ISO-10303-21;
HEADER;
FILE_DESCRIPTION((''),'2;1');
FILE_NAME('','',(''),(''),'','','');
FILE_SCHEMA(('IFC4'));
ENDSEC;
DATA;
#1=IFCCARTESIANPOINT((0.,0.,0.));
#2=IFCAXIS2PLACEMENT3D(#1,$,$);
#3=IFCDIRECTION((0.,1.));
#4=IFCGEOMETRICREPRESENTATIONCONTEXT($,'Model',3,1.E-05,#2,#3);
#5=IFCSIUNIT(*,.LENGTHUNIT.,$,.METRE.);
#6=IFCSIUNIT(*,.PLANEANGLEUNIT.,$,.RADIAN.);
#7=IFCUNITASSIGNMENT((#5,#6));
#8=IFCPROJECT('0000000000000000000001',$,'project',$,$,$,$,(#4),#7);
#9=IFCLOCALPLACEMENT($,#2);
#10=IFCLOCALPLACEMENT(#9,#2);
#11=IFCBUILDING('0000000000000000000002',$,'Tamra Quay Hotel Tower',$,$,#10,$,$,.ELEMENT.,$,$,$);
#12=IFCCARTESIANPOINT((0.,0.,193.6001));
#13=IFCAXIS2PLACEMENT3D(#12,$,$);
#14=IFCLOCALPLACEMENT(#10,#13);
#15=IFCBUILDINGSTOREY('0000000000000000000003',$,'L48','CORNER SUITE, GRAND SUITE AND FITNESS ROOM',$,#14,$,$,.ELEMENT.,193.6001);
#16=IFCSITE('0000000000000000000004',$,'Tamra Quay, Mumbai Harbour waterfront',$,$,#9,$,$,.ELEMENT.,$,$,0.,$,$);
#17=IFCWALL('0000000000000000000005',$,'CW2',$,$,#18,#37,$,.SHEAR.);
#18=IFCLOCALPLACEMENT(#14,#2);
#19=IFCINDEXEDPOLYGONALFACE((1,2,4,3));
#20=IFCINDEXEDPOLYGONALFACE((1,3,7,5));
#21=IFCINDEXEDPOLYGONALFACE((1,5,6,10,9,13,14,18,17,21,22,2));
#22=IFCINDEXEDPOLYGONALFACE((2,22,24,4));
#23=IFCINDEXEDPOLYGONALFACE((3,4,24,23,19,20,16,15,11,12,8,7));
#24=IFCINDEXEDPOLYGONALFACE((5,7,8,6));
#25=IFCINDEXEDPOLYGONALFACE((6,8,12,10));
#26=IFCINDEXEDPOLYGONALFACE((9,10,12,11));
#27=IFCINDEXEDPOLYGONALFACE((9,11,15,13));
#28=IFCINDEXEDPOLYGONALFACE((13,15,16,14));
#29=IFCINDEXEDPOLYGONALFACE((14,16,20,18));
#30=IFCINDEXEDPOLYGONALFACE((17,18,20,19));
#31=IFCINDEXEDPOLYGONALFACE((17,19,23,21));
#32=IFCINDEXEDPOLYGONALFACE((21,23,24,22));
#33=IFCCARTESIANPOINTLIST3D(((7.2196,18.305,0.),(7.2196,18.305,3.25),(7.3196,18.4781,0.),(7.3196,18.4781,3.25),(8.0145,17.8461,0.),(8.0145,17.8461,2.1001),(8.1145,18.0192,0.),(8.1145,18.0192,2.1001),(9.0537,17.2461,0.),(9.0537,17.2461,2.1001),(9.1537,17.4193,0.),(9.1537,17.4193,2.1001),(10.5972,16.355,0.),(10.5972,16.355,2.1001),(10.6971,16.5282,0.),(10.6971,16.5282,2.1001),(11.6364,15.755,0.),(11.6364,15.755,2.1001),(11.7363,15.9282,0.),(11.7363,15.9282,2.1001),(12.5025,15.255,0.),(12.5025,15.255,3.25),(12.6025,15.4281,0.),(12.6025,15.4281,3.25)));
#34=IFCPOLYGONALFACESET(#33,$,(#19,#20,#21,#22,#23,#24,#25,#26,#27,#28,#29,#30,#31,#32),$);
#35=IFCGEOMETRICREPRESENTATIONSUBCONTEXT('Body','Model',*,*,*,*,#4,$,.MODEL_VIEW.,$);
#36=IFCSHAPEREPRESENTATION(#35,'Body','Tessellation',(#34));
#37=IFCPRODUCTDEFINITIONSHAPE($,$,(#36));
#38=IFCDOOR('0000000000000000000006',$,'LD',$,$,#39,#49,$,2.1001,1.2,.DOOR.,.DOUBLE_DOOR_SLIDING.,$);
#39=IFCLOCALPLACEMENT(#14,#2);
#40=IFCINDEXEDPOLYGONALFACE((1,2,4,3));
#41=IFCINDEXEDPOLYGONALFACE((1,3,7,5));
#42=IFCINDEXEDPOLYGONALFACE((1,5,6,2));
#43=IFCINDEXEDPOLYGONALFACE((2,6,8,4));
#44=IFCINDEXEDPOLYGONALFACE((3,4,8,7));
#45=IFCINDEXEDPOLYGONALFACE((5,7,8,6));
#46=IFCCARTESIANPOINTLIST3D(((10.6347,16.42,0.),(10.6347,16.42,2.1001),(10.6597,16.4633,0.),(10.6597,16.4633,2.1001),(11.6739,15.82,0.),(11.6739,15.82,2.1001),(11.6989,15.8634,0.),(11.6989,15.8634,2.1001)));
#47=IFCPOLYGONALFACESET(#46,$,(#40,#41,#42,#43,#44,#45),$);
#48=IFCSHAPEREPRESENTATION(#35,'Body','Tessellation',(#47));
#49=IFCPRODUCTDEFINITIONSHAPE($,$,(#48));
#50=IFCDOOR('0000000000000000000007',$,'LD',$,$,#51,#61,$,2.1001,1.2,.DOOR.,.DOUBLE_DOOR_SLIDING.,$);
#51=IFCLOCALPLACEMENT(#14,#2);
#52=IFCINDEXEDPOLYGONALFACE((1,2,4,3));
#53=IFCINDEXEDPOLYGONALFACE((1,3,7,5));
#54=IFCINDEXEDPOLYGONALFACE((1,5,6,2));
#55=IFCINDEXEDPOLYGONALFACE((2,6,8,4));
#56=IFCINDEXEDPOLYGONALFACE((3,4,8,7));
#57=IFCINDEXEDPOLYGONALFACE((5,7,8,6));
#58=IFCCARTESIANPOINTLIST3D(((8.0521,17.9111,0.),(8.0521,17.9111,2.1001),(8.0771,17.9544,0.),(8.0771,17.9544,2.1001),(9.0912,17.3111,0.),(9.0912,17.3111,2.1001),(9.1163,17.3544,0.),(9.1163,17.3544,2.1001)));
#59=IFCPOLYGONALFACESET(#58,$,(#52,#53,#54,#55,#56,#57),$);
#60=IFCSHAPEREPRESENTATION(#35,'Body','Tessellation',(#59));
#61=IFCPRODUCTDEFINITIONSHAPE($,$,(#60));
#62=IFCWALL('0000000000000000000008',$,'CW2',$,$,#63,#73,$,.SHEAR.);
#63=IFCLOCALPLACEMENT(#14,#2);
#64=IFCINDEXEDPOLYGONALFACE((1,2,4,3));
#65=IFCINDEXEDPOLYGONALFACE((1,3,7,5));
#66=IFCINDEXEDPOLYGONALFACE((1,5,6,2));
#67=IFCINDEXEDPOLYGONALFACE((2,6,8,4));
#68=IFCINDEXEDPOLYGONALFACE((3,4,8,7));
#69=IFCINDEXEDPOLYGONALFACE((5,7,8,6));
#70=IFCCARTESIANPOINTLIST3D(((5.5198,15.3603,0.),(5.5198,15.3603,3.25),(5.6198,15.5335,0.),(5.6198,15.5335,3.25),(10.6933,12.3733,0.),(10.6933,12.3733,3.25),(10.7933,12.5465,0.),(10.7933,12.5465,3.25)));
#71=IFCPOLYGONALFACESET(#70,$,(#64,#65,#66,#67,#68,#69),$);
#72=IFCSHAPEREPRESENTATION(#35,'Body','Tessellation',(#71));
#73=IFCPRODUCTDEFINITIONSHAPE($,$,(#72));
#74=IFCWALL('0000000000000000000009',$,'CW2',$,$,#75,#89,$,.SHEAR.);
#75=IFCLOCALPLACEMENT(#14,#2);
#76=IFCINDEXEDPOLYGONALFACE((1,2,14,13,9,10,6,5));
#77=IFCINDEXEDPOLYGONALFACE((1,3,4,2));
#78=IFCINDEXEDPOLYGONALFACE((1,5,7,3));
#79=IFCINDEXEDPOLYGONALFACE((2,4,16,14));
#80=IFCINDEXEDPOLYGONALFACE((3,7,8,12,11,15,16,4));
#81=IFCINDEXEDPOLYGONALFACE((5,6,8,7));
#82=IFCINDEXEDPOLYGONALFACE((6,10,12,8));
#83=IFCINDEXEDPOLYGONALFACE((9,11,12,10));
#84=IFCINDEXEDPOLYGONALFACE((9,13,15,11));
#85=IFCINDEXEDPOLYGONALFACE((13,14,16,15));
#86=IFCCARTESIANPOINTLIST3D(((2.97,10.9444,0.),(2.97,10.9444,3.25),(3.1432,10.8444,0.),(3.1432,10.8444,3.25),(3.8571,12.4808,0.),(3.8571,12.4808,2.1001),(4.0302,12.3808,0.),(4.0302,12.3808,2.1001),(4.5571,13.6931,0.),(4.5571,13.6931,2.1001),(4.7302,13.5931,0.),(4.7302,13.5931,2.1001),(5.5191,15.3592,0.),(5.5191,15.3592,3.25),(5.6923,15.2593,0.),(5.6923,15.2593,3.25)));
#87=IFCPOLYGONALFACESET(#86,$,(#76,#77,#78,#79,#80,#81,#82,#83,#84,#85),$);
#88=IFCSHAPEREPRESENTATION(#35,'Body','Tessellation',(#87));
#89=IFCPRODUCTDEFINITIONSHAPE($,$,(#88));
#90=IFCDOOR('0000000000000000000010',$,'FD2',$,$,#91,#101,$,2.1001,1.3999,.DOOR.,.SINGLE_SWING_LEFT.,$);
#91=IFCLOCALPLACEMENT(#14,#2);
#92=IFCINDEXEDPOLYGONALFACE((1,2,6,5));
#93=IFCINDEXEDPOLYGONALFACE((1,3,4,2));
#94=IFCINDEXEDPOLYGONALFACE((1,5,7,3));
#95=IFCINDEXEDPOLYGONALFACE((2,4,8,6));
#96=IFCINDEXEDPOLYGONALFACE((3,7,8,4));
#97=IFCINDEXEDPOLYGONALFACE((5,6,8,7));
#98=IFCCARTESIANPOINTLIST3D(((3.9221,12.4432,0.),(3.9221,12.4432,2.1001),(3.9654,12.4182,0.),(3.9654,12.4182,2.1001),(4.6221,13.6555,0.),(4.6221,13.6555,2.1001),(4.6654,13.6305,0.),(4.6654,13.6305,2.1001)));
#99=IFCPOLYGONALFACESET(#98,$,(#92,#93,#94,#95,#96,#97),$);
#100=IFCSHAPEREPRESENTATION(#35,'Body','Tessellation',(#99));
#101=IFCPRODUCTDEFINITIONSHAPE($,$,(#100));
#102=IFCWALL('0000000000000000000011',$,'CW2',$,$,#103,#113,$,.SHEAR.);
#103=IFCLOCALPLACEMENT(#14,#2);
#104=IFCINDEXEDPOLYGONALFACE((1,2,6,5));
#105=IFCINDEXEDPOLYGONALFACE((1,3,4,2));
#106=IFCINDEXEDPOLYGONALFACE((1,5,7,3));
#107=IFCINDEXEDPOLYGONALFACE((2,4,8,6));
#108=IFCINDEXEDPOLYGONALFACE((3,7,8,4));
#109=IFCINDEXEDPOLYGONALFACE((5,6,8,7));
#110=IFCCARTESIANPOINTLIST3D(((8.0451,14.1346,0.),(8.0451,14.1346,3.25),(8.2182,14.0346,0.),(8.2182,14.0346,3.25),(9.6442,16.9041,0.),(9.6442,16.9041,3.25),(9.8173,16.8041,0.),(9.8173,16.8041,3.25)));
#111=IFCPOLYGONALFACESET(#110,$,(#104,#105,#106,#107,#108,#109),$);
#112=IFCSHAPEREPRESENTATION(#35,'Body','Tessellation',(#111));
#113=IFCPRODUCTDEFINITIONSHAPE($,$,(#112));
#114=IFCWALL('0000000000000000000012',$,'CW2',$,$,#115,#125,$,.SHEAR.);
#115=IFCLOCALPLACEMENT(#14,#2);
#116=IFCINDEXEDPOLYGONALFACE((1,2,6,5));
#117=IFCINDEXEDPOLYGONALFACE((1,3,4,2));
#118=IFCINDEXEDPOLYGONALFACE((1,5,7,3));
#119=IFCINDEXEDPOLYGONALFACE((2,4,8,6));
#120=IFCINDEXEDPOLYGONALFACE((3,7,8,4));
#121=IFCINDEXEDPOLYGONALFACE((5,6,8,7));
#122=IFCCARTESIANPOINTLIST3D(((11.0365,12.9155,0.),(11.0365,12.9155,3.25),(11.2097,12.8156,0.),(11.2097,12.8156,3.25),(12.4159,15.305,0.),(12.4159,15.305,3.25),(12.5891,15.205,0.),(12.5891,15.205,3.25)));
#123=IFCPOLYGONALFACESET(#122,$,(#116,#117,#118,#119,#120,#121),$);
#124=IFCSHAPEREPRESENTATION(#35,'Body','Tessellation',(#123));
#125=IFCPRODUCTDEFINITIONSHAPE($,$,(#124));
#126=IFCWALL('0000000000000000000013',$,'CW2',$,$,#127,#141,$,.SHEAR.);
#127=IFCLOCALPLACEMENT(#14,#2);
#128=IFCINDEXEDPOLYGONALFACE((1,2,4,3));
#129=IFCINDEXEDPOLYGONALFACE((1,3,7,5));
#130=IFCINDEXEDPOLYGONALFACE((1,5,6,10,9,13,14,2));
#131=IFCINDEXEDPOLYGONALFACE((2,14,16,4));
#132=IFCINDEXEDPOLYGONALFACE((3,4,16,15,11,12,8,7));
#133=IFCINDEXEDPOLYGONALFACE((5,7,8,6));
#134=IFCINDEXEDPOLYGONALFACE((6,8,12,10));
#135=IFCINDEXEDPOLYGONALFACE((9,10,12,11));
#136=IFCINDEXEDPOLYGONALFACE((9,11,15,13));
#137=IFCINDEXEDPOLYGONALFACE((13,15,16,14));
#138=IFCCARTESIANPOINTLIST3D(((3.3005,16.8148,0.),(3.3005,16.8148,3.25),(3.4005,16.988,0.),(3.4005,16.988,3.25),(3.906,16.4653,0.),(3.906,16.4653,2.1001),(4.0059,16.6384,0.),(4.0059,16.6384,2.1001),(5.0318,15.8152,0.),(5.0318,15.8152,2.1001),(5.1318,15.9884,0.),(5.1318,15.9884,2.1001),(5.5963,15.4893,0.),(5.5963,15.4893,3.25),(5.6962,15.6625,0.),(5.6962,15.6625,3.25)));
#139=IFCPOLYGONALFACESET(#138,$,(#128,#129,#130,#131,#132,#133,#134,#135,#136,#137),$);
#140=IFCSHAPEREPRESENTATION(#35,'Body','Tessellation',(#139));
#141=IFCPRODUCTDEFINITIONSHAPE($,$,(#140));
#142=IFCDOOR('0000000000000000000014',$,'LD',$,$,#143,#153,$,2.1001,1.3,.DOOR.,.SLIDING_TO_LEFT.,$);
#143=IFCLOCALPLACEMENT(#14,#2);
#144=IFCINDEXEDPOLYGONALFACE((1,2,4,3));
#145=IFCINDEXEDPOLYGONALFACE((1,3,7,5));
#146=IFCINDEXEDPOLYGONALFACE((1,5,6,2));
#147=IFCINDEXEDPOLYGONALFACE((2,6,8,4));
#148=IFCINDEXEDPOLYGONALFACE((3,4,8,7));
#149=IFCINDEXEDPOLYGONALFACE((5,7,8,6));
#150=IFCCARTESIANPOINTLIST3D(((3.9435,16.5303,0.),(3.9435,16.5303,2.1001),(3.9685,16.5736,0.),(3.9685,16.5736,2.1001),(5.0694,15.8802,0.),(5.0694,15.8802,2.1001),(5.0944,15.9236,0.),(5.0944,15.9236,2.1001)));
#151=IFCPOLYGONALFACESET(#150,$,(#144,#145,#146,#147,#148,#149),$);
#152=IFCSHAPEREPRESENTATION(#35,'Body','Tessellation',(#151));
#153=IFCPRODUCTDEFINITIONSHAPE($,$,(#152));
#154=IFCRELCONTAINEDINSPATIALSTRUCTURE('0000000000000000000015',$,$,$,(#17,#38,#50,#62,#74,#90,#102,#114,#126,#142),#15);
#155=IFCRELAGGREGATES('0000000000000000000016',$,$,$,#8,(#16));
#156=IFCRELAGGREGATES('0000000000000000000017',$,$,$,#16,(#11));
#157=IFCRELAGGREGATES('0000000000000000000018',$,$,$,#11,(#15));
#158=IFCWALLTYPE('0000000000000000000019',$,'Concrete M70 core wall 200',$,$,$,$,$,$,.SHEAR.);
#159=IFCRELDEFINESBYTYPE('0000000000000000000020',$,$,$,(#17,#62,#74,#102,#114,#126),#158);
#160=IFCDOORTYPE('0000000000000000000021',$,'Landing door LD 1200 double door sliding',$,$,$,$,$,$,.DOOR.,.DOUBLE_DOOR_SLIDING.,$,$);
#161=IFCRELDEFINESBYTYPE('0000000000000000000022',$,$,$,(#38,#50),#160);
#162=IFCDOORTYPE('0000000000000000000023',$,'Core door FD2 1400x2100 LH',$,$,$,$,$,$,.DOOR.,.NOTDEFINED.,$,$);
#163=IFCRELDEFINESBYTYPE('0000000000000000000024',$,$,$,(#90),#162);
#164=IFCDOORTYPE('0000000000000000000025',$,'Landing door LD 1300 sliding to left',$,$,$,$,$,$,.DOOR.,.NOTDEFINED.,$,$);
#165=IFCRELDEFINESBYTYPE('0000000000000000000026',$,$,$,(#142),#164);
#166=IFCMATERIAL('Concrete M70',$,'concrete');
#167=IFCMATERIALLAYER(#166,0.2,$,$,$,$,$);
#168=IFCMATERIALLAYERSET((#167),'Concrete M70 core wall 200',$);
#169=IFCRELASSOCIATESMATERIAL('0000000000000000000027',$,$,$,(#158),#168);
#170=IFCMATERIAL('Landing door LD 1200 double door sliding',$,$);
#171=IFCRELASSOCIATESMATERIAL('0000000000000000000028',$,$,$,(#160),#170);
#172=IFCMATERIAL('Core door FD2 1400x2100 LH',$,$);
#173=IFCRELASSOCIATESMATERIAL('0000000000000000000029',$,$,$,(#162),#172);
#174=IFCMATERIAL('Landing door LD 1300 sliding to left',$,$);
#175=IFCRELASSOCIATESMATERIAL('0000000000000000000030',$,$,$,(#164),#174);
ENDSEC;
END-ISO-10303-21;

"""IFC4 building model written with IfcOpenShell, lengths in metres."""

from ifc_helpers import new_model, si_unit, direction, frame, frame_2d, origin, place, context, subcontext, project, spatial, rectangle, extrude, material, layer, layer_set, type_object, element, fill, save


model = new_model("IFC4")

# Units and contexts
model_context = context("Model", 3, precision=1e-05, world=origin(), true_north=direction((0.0, 1.0)))
body_context = subcontext(model_context, "Body", "Model", "MODEL_VIEW")
ifc_project = project(units=[si_unit("LENGTHUNIT", "METRE"), si_unit("PLANEANGLEUNIT", "RADIAN")], contexts=[model_context])

# Site, building, storey
site_placement = place(None, origin())
site = spatial("IfcSite", under=ifc_project, at=site_placement, Name="Tamra Quay, Mumbai Harbour waterfront", CompositionType="ELEMENT", RefElevation=0.0)
building_placement = place(site_placement, origin())
building = spatial("IfcBuilding", under=site, at=building_placement, Name="Tamra Quay Hotel Tower", CompositionType="ELEMENT")
storey_placement = place(building_placement, frame((0.0, 0.0, 193.6001)))
storey = spatial("IfcBuildingStorey", under=building, at=storey_placement, Name="L48", Description="CORNER SUITE, GRAND SUITE AND FITNESS ROOM", CompositionType="ELEMENT", Elevation=193.6001)

# Wall, openings, doors
ifc_material_1 = material(Name="Concrete M70", Category="concrete")
ifc_layer_1 = layer(ifc_material_1, 0.2)
ifc_layer_set_1 = layer_set([ifc_layer_1], Name="Concrete M70 core wall 200")
wall_type_1 = type_object("IfcWallType", Name="Concrete M70 core wall 200", PredefinedType="SHEAR", material=ifc_layer_set_1)
wall_1_placement = place(storey_placement, frame((12.5525, 15.3416, 0.0), z_axis=(0.0, 0.0, 1.0), x_axis=(-0.86603, 0.499992, 0.0)))
wall_1 = element("IfcWall", 1, at=wall_1_placement, inside=storey, type_object=wall_type_1, Name="CW2", PredefinedType="SHEAR", context=body_context, shape_type="SweptSolid", body=[
    extrude(rectangle(XDim=6.1001, YDim=0.2, at=frame_2d((3.05, 0.0))), origin(), (0.0, 0.0, 1.0), 3.25),
])
opening_1_placement = place(wall_1_placement, frame((1.0, 0.0, 0.0)))
opening_1 = element("IfcOpeningElement", 2, at=opening_1_placement, cuts=wall_1, PredefinedType="OPENING", context=body_context, shape_type="SweptSolid", body=[
    extrude(rectangle(XDim=1.2, YDim=2.1001, at=frame_2d((0.6001, 1.05))), frame((0.0, 0.1099, 0.0), z_axis=(0.0, -1.0, 0.0), x_axis=(1.0, 0.0, 0.0)), (0.0, 0.0, 1.0), 0.22),
])
opening_2_placement = place(wall_1_placement, frame((3.9822, 0.0, 0.0)))
opening_2 = element("IfcOpeningElement", 3, at=opening_2_placement, cuts=wall_1, PredefinedType="OPENING", context=body_context, shape_type="SweptSolid", body=[
    extrude(rectangle(XDim=1.2, YDim=2.1001, at=frame_2d((0.6001, 1.05))), frame((0.0, 0.1099, 0.0), z_axis=(0.0, -1.0, 0.0), x_axis=(1.0, 0.0, 0.0)), (0.0, 0.0, 1.0), 0.22),
])
ifc_material_2 = material(Name="Landing door LD 1200 double door sliding")
door_type_1 = type_object("IfcDoorType", Name="Landing door LD 1200 double door sliding", OperationType="DOUBLE_DOOR_SLIDING", PredefinedType="DOOR", material=ifc_material_2)
door_1_placement = place(opening_1_placement, origin())
door_1 = element("IfcDoor", 4, at=door_1_placement, inside=storey, type_object=door_type_1, Name="LD", OperationType="DOUBLE_DOOR_SLIDING", OverallHeight=2.1001, OverallWidth=1.2, PredefinedType="DOOR", context=body_context, shape_type="SweptSolid", body=[
    extrude(rectangle(XDim=1.2, YDim=2.1001, at=frame_2d((0.6001, 1.05))), frame((0.0, 0.0249, 0.0), z_axis=(0.0, -1.0, 0.0), x_axis=(1.0, 0.0, 0.0)), (0.0, 0.0, 1.0), 0.05),
])
fill(opening_1, door_1)
door_2_placement = place(opening_2_placement, origin())
door_2 = element("IfcDoor", 5, at=door_2_placement, inside=storey, type_object=door_type_1, Name="LD", OperationType="DOUBLE_DOOR_SLIDING", OverallHeight=2.1001, OverallWidth=1.2, PredefinedType="DOOR", context=body_context, shape_type="SweptSolid", body=[
    extrude(rectangle(XDim=1.2, YDim=2.1001, at=frame_2d((0.6001, 1.05))), frame((0.0, 0.0249, 0.0), z_axis=(0.0, -1.0, 0.0), x_axis=(1.0, 0.0, 0.0)), (0.0, 0.0, 1.0), 0.05),
])
fill(opening_2, door_2)

# Wall
wall_2_placement = place(storey_placement, frame((10.7432, 12.46, 0.0), z_axis=(0.0, 0.0, 1.0), x_axis=(-0.866019, 0.500011, 0.0)))
element("IfcWall", 6, at=wall_2_placement, inside=storey, type_object=wall_type_1, Name="CW2", PredefinedType="SHEAR", context=body_context, shape_type="SweptSolid", body=[
    extrude(rectangle(XDim=5.9739, YDim=0.2, at=frame_2d((2.9868, 0.0))), origin(), (0.0, 0.0, 1.0), 3.25),
])

# Wall, opening, door
wall_3_placement = place(storey_placement, frame((3.0566, 10.8945, 0.0), z_axis=(0.0, 0.0, 1.0), x_axis=(0.500028, 0.866009, 0.0)))
wall_3 = element("IfcWall", 7, at=wall_3_placement, inside=storey, type_object=wall_type_1, Name="CW2", PredefinedType="SHEAR", context=body_context, shape_type="SweptSolid", body=[
    extrude(rectangle(XDim=5.0979, YDim=0.2, at=frame_2d((2.5488, 0.0))), origin(), (0.0, 0.0, 1.0), 3.25),
])
opening_3_placement = place(wall_3_placement, frame((1.7739, 0.0, 0.0)))
opening_3 = element("IfcOpeningElement", 8, at=opening_3_placement, cuts=wall_3, PredefinedType="OPENING", context=body_context, shape_type="SweptSolid", body=[
    extrude(rectangle(XDim=1.3999, YDim=2.1001, at=frame_2d((0.7, 1.05))), frame((0.0, 0.1099, 0.0), z_axis=(0.0, -1.0, 0.0), x_axis=(1.0, 0.0, 0.0)), (0.0, 0.0, 1.0), 0.22),
])
ifc_material_3 = material(Name="Core door FD2 1400x2100 LH")
door_type_2 = type_object("IfcDoorType", Name="Core door FD2 1400x2100 LH", OperationType="NOTDEFINED", PredefinedType="DOOR", material=ifc_material_3)
door_3_placement = place(opening_3_placement, origin())
door_3 = element("IfcDoor", 9, at=door_3_placement, inside=storey, type_object=door_type_2, Name="FD2", OperationType="SINGLE_SWING_LEFT", OverallHeight=2.1001, OverallWidth=1.3999, PredefinedType="DOOR", context=body_context, shape_type="SweptSolid", body=[
    extrude(rectangle(XDim=1.3999, YDim=2.1001, at=frame_2d((0.7, 1.05))), frame((0.0, 0.0249, 0.0), z_axis=(0.0, -1.0, 0.0), x_axis=(1.0, 0.0, 0.0)), (0.0, 0.0, 1.0), 0.05),
])
fill(opening_3, door_3)

# Walls
wall_4_placement = place(storey_placement, frame((8.1316, 14.0845, 0.0), z_axis=(0.0, 0.0, 1.0), x_axis=(0.500031, 0.866008, 0.0)))
element("IfcWall", 10, at=wall_4_placement, inside=storey, type_object=wall_type_1, Name="CW2", PredefinedType="SHEAR", context=body_context, shape_type="SweptSolid", body=[
    extrude(rectangle(XDim=3.198, YDim=0.2, at=frame_2d((1.5991, 0.0))), origin(), (0.0, 0.0, 1.0), 3.25),
])
wall_5_placement = place(storey_placement, frame((12.5024, 15.2549, 0.0), z_axis=(0.0, 0.0, 1.0), x_axis=(-0.499965, -0.866046, 0.0)))
element("IfcWall", 11, at=wall_5_placement, inside=storey, type_object=wall_type_1, Name="CW2", PredefinedType="SHEAR", context=body_context, shape_type="SweptSolid", body=[
    extrude(rectangle(XDim=2.759, YDim=0.2, at=frame_2d((1.3794, 0.0))), origin(), (0.0, 0.0, 1.0), 3.25),
])

# Wall, opening, door
wall_6_placement = place(storey_placement, frame((5.6462, 15.5759, 0.0), z_axis=(0.0, 0.0, 1.0), x_axis=(-0.866018, 0.500012, 0.0)))
wall_6 = element("IfcWall", 12, at=wall_6_placement, inside=storey, type_object=wall_type_1, Name="CW2", PredefinedType="SHEAR", context=body_context, shape_type="SweptSolid", body=[
    extrude(rectangle(XDim=2.6509, YDim=0.2, at=frame_2d((1.3254, 0.0))), origin(), (0.0, 0.0, 1.0), 3.25),
])
opening_4_placement = place(wall_6_placement, frame((0.6519, 0.0, 0.0)))
opening_4 = element("IfcOpeningElement", 13, at=opening_4_placement, cuts=wall_6, PredefinedType="OPENING", context=body_context, shape_type="SweptSolid", body=[
    extrude(rectangle(XDim=1.3, YDim=2.1001, at=frame_2d((0.6499, 1.05))), frame((0.0, 0.1099, 0.0), z_axis=(0.0, -1.0, 0.0), x_axis=(1.0, 0.0, 0.0)), (0.0, 0.0, 1.0), 0.22),
])
ifc_material_4 = material(Name="Landing door LD 1300 sliding to left")
door_type_3 = type_object("IfcDoorType", Name="Landing door LD 1300 sliding to left", OperationType="NOTDEFINED", PredefinedType="DOOR", material=ifc_material_4)
door_4_placement = place(opening_4_placement, origin())
door_4 = element("IfcDoor", 14, at=door_4_placement, inside=storey, type_object=door_type_3, Name="LD", OperationType="SLIDING_TO_LEFT", OverallHeight=2.1001, OverallWidth=1.3, PredefinedType="DOOR", context=body_context, shape_type="SweptSolid", body=[
    extrude(rectangle(XDim=1.3, YDim=2.1001, at=frame_2d((0.6499, 1.05))), frame((0.0, 0.0249, 0.0), z_axis=(0.0, -1.0, 0.0), x_axis=(1.0, 0.0, 0.0)), (0.0, 0.0, 1.0), 0.05),
])
fill(opening_4, door_4)

save(model, "model.ifc")
